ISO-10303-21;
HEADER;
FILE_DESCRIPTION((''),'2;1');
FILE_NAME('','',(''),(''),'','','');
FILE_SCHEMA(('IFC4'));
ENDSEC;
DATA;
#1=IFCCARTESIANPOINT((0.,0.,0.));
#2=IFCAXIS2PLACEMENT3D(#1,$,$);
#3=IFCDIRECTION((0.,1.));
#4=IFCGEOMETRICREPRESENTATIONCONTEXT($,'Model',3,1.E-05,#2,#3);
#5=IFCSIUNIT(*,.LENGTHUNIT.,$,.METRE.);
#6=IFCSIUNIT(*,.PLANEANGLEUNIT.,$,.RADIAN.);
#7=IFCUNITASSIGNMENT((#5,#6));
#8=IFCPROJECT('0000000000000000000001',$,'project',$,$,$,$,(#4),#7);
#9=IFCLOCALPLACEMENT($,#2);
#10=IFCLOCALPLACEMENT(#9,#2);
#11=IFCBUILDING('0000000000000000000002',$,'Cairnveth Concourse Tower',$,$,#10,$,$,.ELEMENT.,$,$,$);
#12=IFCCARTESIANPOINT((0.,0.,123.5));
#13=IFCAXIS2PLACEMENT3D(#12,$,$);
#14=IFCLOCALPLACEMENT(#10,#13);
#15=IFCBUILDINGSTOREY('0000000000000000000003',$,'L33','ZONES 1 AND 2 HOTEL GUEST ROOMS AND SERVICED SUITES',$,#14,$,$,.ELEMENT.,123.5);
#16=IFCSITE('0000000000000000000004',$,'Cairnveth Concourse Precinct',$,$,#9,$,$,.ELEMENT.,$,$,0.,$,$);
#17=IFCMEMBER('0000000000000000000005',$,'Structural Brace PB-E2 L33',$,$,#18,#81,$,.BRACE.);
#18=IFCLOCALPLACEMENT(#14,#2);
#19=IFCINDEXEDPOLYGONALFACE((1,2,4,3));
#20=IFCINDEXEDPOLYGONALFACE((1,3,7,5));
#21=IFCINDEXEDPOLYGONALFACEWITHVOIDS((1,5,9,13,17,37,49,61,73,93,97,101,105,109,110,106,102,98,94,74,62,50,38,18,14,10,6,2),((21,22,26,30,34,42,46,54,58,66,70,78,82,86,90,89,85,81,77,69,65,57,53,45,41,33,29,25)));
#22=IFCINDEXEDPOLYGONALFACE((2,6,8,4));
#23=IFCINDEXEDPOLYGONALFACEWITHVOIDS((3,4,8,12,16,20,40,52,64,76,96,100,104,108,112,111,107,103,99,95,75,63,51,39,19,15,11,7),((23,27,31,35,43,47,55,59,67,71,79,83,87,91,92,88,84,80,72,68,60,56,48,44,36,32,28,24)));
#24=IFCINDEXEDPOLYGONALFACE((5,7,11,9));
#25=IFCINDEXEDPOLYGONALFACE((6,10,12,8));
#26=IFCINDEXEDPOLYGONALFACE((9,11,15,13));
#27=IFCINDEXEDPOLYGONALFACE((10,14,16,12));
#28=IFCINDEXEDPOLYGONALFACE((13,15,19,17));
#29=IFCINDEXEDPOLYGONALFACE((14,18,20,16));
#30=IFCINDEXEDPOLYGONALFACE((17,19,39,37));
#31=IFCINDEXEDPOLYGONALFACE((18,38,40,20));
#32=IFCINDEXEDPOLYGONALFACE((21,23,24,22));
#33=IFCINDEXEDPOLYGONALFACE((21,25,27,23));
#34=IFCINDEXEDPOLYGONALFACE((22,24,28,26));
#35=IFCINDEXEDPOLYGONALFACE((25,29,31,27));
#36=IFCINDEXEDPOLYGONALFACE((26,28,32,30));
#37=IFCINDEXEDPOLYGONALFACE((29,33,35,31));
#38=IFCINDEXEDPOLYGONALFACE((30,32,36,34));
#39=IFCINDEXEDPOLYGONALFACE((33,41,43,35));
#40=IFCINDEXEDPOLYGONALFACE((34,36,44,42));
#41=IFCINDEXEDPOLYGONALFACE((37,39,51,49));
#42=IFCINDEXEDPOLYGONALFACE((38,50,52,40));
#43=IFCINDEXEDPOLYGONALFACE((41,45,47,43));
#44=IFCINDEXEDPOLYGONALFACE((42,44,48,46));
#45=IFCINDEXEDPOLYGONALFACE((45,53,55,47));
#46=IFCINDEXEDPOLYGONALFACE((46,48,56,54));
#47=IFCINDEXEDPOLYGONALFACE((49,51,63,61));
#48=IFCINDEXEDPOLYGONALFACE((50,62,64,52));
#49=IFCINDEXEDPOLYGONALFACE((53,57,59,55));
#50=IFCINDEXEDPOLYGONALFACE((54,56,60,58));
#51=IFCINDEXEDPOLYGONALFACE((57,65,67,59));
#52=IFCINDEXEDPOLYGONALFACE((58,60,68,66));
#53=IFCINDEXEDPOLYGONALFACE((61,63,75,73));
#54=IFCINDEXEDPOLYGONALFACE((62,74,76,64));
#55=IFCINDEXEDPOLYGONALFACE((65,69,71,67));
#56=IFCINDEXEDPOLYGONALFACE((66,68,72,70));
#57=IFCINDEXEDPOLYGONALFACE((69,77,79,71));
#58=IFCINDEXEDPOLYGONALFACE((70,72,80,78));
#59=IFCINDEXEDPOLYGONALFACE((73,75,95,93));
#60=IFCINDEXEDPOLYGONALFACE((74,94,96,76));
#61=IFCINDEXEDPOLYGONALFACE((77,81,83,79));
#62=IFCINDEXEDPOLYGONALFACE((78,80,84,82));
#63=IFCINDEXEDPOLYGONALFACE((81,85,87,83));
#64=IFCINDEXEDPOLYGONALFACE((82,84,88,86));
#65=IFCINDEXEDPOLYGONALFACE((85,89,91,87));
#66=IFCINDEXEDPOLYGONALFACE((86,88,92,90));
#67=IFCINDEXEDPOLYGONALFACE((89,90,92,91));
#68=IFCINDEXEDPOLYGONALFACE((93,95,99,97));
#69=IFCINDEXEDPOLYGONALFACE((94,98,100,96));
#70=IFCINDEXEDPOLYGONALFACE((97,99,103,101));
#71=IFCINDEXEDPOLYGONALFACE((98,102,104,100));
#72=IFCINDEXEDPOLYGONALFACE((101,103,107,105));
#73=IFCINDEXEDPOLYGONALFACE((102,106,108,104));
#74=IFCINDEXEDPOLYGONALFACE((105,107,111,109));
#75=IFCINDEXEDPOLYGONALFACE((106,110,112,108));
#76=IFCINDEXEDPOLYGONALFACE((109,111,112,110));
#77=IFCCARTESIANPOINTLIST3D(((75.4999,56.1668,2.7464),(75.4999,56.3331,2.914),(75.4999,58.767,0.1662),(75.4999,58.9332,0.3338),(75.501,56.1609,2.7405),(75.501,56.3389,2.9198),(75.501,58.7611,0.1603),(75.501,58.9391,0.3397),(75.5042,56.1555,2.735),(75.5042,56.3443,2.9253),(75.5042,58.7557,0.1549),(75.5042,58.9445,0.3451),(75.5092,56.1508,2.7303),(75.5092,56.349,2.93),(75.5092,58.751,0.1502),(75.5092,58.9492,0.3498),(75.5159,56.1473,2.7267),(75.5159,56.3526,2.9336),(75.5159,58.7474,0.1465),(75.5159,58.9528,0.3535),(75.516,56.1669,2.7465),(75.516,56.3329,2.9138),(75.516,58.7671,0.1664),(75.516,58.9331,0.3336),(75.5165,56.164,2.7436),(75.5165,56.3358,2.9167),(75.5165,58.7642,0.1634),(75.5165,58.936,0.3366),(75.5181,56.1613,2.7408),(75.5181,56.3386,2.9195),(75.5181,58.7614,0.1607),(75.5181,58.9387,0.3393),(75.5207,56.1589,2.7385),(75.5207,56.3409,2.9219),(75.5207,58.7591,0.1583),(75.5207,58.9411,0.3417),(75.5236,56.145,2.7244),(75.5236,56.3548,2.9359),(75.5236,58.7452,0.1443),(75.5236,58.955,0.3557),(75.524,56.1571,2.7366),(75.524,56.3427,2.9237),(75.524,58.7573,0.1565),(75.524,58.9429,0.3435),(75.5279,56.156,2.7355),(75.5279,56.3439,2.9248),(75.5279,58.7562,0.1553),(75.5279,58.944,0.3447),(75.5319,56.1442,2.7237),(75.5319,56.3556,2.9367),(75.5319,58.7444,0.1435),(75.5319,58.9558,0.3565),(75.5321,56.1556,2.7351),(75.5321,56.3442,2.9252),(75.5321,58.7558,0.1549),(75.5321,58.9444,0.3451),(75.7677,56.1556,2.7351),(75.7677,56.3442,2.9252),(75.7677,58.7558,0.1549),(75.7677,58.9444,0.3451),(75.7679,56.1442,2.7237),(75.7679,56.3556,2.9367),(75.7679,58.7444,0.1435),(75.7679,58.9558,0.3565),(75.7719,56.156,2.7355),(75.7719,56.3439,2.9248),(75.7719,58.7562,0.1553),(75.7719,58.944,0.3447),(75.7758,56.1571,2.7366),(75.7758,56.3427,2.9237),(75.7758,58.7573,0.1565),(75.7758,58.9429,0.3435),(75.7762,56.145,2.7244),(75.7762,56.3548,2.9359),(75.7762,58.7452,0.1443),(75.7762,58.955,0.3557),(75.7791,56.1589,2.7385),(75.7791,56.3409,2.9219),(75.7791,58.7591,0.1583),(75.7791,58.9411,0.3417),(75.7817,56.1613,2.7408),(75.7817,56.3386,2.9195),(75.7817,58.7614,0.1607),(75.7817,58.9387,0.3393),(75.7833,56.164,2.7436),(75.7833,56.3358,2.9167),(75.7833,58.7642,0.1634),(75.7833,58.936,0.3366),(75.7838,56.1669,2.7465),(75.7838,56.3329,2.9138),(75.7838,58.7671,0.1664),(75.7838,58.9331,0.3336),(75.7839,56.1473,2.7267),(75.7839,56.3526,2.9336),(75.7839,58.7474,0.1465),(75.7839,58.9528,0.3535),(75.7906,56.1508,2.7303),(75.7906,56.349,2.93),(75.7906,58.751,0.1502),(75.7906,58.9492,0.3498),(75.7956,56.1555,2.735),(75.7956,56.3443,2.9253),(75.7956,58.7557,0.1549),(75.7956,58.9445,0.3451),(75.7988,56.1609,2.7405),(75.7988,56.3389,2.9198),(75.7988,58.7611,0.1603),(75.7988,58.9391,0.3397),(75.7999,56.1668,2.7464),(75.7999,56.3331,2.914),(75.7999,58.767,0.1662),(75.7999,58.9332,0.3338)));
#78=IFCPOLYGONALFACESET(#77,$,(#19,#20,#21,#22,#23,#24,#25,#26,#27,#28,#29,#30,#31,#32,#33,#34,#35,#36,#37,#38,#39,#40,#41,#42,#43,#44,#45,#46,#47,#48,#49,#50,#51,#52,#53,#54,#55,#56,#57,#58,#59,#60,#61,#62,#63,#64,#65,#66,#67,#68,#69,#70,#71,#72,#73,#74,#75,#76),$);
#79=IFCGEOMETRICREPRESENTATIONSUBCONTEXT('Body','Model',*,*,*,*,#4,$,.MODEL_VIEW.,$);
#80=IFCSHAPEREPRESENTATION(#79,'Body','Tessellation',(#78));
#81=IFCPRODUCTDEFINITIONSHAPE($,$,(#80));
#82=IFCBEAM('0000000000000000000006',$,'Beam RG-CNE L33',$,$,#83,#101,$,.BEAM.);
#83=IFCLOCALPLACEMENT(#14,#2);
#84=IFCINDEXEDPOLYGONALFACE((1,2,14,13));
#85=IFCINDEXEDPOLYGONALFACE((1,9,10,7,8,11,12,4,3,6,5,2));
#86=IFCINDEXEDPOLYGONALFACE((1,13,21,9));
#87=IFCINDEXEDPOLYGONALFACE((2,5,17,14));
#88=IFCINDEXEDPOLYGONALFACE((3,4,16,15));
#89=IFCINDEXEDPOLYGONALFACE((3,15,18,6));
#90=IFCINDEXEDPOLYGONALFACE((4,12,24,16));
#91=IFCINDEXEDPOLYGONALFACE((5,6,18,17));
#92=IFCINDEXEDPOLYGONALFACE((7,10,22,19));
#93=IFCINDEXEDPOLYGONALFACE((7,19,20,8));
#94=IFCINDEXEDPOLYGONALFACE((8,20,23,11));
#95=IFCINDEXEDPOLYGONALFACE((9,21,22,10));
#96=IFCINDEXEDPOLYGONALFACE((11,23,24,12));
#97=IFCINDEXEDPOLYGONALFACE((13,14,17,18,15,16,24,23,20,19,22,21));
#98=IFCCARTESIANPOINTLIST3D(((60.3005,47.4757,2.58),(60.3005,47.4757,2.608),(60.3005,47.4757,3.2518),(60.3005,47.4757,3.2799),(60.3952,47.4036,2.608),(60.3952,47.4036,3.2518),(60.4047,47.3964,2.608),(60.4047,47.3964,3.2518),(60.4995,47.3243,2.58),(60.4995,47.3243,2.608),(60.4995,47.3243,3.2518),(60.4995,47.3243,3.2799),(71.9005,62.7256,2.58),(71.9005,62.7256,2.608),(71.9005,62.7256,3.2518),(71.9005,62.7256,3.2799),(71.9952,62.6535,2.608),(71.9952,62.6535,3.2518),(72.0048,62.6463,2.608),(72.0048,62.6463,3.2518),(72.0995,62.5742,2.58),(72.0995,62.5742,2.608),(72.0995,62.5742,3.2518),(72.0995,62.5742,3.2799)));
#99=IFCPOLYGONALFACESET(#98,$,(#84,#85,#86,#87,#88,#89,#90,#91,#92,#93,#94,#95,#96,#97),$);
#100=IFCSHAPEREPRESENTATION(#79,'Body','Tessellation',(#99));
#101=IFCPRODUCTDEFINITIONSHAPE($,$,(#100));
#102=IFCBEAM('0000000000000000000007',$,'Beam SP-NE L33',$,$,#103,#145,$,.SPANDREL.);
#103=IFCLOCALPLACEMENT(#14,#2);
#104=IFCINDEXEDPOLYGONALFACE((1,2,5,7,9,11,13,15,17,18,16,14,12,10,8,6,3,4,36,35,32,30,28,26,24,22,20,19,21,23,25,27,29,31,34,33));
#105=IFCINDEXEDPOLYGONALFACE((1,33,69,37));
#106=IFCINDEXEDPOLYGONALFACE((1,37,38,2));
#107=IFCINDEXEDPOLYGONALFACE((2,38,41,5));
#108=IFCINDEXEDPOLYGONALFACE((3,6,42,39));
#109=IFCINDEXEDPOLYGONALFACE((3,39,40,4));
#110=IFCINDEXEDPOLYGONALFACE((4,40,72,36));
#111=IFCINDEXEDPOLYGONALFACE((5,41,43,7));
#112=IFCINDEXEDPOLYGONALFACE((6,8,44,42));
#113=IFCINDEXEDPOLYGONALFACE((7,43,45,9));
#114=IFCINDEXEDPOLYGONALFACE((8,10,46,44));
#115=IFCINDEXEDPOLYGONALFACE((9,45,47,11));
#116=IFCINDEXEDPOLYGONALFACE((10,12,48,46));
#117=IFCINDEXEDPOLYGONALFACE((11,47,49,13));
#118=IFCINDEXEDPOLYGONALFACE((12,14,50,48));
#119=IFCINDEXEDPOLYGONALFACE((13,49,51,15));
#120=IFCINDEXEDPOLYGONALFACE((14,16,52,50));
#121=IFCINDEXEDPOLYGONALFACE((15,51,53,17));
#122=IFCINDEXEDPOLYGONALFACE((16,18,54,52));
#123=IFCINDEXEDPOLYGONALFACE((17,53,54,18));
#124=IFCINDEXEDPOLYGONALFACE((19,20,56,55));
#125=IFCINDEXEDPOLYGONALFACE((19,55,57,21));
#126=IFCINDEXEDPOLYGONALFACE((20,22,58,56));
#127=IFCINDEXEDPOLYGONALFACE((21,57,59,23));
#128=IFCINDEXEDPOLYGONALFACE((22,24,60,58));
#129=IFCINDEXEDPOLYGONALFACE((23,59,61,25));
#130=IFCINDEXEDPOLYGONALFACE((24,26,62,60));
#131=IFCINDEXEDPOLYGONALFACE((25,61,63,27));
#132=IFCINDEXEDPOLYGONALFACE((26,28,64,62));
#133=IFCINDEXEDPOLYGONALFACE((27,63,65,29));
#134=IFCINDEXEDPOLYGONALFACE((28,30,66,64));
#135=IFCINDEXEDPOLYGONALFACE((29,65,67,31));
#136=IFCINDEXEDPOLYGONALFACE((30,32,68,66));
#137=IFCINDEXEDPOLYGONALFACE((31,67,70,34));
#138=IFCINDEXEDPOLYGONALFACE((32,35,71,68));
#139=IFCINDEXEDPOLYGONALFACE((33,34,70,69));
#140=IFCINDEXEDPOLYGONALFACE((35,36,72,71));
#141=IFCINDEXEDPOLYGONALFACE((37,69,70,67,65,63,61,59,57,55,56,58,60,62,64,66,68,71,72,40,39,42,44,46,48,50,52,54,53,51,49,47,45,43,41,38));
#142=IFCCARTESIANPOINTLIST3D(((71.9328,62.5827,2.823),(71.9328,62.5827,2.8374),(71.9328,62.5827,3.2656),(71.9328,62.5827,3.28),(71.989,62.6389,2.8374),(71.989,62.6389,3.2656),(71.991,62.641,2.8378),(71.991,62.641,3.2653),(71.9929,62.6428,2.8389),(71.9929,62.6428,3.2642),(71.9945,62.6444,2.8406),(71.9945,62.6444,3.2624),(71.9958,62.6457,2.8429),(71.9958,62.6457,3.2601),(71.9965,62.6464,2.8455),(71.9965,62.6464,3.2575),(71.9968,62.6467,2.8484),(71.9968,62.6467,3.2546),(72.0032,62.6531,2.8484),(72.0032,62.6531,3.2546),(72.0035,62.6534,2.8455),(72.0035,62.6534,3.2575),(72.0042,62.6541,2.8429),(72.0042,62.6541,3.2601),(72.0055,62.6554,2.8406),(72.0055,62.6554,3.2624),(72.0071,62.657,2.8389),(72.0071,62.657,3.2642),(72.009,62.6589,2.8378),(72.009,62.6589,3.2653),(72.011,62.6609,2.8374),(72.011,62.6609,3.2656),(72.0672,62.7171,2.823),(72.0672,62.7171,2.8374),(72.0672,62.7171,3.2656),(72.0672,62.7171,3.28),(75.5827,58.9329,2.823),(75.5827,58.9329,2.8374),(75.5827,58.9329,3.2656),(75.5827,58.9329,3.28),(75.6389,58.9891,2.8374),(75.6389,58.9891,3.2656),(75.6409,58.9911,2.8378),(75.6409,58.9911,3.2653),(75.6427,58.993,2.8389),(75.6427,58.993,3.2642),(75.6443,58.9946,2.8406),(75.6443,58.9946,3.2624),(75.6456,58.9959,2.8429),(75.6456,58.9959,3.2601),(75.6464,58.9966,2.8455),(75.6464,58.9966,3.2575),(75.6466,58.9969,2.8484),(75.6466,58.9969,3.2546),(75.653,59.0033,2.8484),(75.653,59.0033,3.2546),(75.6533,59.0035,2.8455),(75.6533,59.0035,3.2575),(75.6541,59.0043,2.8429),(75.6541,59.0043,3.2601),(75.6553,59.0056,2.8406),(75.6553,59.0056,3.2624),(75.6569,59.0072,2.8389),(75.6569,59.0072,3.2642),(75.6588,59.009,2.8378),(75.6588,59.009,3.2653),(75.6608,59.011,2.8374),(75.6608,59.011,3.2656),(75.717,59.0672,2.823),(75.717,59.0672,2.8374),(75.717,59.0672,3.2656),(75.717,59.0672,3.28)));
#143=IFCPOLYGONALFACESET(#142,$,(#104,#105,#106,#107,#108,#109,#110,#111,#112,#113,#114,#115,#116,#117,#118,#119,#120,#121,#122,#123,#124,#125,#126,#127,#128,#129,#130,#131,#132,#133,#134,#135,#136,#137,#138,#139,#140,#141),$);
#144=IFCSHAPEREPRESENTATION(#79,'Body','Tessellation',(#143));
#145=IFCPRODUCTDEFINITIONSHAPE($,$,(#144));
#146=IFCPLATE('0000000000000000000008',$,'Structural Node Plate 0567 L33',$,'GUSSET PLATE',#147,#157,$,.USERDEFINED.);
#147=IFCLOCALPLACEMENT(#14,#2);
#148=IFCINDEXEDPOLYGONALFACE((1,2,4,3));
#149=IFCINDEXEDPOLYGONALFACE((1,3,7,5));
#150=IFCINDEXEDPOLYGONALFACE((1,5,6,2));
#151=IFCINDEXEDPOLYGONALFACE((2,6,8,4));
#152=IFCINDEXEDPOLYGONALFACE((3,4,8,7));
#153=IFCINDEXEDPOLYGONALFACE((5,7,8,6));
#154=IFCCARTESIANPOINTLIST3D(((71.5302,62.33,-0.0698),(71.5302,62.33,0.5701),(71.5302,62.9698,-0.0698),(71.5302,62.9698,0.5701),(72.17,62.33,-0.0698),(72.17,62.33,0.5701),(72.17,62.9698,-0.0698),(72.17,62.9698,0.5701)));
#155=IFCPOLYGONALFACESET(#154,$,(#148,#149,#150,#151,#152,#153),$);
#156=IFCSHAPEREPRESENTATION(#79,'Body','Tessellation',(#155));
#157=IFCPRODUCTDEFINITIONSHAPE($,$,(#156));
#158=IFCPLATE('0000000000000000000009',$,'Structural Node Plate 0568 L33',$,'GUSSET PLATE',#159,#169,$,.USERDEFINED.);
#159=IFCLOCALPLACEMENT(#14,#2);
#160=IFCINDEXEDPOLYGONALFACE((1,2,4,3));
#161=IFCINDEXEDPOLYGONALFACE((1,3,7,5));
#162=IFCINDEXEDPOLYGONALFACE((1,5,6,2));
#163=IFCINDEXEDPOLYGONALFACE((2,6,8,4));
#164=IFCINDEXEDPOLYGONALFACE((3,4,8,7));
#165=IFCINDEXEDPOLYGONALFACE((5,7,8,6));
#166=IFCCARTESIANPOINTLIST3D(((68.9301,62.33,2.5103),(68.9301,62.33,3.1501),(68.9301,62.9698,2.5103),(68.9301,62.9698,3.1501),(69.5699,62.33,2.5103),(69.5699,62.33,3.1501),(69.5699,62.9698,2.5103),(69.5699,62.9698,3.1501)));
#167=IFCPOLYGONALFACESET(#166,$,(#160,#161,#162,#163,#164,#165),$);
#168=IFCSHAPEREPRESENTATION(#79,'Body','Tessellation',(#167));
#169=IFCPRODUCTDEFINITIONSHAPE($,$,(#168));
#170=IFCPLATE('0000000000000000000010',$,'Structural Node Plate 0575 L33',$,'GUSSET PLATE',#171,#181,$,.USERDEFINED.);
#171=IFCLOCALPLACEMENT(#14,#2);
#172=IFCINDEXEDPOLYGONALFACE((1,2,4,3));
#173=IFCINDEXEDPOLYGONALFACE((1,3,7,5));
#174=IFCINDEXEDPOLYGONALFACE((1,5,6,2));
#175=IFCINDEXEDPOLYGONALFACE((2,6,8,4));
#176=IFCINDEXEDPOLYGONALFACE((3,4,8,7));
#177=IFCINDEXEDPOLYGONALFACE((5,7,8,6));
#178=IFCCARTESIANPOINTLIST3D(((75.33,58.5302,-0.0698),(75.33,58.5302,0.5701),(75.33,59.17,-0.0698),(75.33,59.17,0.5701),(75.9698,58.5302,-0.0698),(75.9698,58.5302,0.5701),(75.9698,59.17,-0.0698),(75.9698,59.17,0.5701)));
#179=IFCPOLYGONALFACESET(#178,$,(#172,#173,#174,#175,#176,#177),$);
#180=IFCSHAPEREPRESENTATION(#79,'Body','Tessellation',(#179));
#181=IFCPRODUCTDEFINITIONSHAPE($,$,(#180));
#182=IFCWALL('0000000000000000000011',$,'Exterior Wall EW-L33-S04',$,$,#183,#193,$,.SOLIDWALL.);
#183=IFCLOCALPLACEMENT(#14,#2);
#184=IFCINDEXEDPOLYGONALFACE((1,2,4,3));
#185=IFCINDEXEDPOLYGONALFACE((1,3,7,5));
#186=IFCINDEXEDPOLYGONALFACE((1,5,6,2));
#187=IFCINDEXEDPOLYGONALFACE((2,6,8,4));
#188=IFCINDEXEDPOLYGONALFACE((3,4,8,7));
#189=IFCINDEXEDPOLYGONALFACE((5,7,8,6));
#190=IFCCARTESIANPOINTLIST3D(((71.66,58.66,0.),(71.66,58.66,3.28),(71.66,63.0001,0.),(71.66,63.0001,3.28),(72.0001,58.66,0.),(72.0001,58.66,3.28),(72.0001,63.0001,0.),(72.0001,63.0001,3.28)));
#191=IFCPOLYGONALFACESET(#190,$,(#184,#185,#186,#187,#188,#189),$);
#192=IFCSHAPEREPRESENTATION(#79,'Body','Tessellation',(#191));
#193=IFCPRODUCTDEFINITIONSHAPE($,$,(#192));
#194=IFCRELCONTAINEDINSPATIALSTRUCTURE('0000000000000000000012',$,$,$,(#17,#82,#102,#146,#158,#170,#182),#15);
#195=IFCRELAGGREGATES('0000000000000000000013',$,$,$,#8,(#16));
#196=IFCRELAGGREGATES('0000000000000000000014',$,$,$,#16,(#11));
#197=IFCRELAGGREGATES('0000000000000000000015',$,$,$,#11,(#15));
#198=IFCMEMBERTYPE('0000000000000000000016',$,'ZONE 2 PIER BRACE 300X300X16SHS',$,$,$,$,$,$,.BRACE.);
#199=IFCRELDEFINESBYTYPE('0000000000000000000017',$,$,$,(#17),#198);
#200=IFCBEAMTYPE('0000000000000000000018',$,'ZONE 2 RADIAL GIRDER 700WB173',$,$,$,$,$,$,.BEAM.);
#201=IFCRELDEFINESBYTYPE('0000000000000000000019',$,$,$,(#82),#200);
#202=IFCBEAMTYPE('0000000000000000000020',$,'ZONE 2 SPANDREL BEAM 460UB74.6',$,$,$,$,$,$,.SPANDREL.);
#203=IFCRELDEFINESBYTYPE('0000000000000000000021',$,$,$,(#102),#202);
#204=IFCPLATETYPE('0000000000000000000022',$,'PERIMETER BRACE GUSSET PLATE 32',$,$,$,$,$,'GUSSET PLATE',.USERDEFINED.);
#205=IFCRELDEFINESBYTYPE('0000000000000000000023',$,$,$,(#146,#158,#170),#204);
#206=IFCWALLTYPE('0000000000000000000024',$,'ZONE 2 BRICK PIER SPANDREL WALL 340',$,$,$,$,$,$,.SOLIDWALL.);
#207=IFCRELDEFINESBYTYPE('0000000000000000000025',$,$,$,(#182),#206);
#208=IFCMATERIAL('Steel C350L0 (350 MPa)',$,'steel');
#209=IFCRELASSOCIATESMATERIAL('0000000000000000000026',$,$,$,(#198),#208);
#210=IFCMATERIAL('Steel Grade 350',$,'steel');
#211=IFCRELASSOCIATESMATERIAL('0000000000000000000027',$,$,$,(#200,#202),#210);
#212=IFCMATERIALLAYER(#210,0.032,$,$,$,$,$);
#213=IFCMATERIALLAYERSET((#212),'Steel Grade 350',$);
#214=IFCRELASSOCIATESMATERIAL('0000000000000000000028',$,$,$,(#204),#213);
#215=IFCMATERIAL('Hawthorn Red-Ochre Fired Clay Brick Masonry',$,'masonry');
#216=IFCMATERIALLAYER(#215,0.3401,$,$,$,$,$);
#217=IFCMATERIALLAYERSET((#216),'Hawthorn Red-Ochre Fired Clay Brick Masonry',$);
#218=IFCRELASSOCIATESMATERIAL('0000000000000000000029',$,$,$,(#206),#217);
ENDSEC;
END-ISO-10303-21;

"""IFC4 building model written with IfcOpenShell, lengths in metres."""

from ifc_helpers import new_model, si_unit, direction, frame, frame_2d, origin, origin_2d, place, context, subcontext, project, spatial, rectangle, hollow_rectangle, i_section, extrude, material, layer, layer_set, material_profile, profile_set, type_object, element, save


model = new_model("IFC4")

# Units and contexts
model_context = context("Model", 3, precision=1e-05, world=origin(), true_north=direction((0.0, 1.0)))
body_context = subcontext(model_context, "Body", "Model", "MODEL_VIEW")
ifc_project = project(units=[si_unit("LENGTHUNIT", "METRE"), si_unit("PLANEANGLEUNIT", "RADIAN")], contexts=[model_context])

# Site, building, storey
site_placement = place(None, origin())
site = spatial("IfcSite", under=ifc_project, at=site_placement, Name="Cairnveth Concourse Precinct", CompositionType="ELEMENT", RefElevation=0.0)
building_placement = place(site_placement, origin())
building = spatial("IfcBuilding", under=site, at=building_placement, Name="Cairnveth Concourse Tower", CompositionType="ELEMENT")
storey_placement = place(building_placement, frame((0.0, 0.0, 123.5)))
storey = spatial("IfcBuildingStorey", under=building, at=storey_placement, Name="L33", Description="ZONES 1 AND 2 HOTEL GUEST ROOMS AND SERVICED SUITES", CompositionType="ELEMENT", Elevation=123.5)

# Shared definitions
ifc_material_1 = material(Name="Steel Grade 350", Category="steel")

# Member
ifc_material_2 = material(Name="Steel C350L0 (350 MPa)", Category="steel")
ifc_material_profile_1 = material_profile(ifc_material_2, hollow_rectangle(XDim=0.3, YDim=0.3, WallThickness=0.0161, InnerFilletRadius=0.0161, OuterFilletRadius=0.032, at=origin_2d()), Name="300x300x16.0SHS")
ifc_profile_set_1 = profile_set([ifc_material_profile_1], Name="Steel C350L0 (350 MPa)")
member_type = type_object("IfcMemberType", Name="ZONE 2 PIER BRACE 300X300X16SHS", PredefinedType="BRACE", material=ifc_profile_set_1)
for number, where, z_axis, x_axis, name in (
    (1, (75.6499, 58.8501, 0.25), (0.0, -0.709834, 0.704369), (1.0, 0.0, 0.0), "Structural Brace PB-E2 L33"),
):
    element("IfcMember", number, at=place(storey_placement, frame(where, z_axis=z_axis, x_axis=x_axis)), inside=storey, type_object=member_type, Name=name, PredefinedType="BRACE", context=body_context, shape_type="SweptSolid", body=[
        extrude(hollow_rectangle(XDim=0.3, YDim=0.3, WallThickness=0.0161, InnerFilletRadius=0.0161, OuterFilletRadius=0.032, at=origin_2d()), origin(), (0.0, 0.0, 1.0), 3.6631),
    ])

# Beams
ifc_material_profile_2 = material_profile(ifc_material_1, i_section(OverallWidth=0.25, OverallDepth=0.7, WebThickness=0.012, FlangeThickness=0.0281, at=origin_2d()), Name="700WB173")
ifc_profile_set_2 = profile_set([ifc_material_profile_2], Name="Steel Grade 350")
beam_type_1 = type_object("IfcBeamType", Name="ZONE 2 RADIAL GIRDER 700WB173", PredefinedType="BEAM", material=ifc_profile_set_2)
beam_1_placement = place(storey_placement, frame((72.0, 62.6499, 2.9299), z_axis=(-0.605417, -0.795908, 0.0), x_axis=(0.795908, -0.605417, 0.0)))
element("IfcBeam", 2, at=beam_1_placement, inside=storey, type_object=beam_type_1, Name="Beam RG-CNE L33", PredefinedType="BEAM", context=body_context, shape_type="SweptSolid", body=[
    extrude(i_section(OverallWidth=0.25, OverallDepth=0.7, WebThickness=0.012, FlangeThickness=0.0281, at=origin_2d()), origin(), (0.0, 0.0, 1.0), 19.1604),
])
ifc_material_profile_3 = material_profile(ifc_material_1, i_section(OverallWidth=0.1899, OverallDepth=0.457, WebThickness=0.009, FlangeThickness=0.0144, FilletRadius=0.011, at=origin_2d()), Name="460UB74.6")
ifc_profile_set_3 = profile_set([ifc_material_profile_3], Name="Steel Grade 350")
beam_type_2 = type_object("IfcBeamType", Name="ZONE 2 SPANDREL BEAM 460UB74.6", PredefinedType="SPANDREL", material=ifc_profile_set_3)
beam_2_placement = place(storey_placement, frame((72.0, 62.6499, 3.0515), z_axis=(0.707107, -0.707107, 0.0), x_axis=(0.707107, 0.707107, 0.0)))
element("IfcBeam", 3, at=beam_2_placement, inside=storey, type_object=beam_type_2, Name="Beam SP-NE L33", PredefinedType="SPANDREL", context=body_context, shape_type="SweptSolid", body=[
    extrude(i_section(OverallWidth=0.1899, OverallDepth=0.457, WebThickness=0.009, FlangeThickness=0.0144, FilletRadius=0.011, at=origin_2d()), origin(), (0.0, 0.0, 1.0), 5.1616),
])

# Plates
ifc_layer_1 = layer(ifc_material_1, 0.032)
ifc_layer_set_1 = layer_set([ifc_layer_1], Name="Steel Grade 350")
plate_type = type_object("IfcPlateType", Name="PERIMETER BRACE GUSSET PLATE 32", ElementType="GUSSET PLATE", PredefinedType="USERDEFINED", material=ifc_layer_set_1)
for number, where, z_axis, x_axis, name in (
    (4, (71.8501, 62.6499, -0.0698), (0.0, 0.0, 1.0), (1.0, 0.0, 0.0), "Structural Node Plate 0567 L33"),
    (5, (69.25, 62.6499, 2.5103), (0.0, 0.0, 1.0), (1.0, 0.0, 0.0), "Structural Node Plate 0568 L33"),
    (6, (75.6499, 58.8501, -0.0698), (0.0, 0.0, 1.0), (1.0, 0.0, 0.0), "Structural Node Plate 0575 L33"),
):
    element("IfcPlate", number, at=place(storey_placement, frame(where, z_axis=z_axis, x_axis=x_axis)), inside=storey, type_object=plate_type, Name=name, ObjectType="GUSSET PLATE", PredefinedType="USERDEFINED", context=body_context, shape_type="SweptSolid", body=[
        extrude(rectangle(XDim=0.6399, YDim=0.6399, at=origin_2d()), origin(), (0.0, 0.0, 1.0), 0.6399),
    ])

# Wall
ifc_material_3 = material(Name="Hawthorn Red-Ochre Fired Clay Brick Masonry", Category="masonry")
ifc_layer_2 = layer(ifc_material_3, 0.3401)
ifc_layer_set_2 = layer_set([ifc_layer_2], Name="Hawthorn Red-Ochre Fired Clay Brick Masonry")
wall_type = type_object("IfcWallType", Name="ZONE 2 BRICK PIER SPANDREL WALL 340", PredefinedType="SOLIDWALL", material=ifc_layer_set_2)
wall_1_placement = place(storey_placement, frame((71.8301, 63.0, 0.0), z_axis=(0.0, 0.0, 1.0), x_axis=(0.0, -1.0, 0.0)))
element("IfcWall", 7, at=wall_1_placement, inside=storey, type_object=wall_type, Name="Exterior Wall EW-L33-S04", PredefinedType="SOLIDWALL", context=body_context, shape_type="SweptSolid", body=[
    extrude(rectangle(XDim=4.3401, YDim=0.3401, at=frame_2d((2.1699, 0.0))), origin(), (0.0, 0.0, 1.0), 3.28),
])

save(model, "model.ifc")
